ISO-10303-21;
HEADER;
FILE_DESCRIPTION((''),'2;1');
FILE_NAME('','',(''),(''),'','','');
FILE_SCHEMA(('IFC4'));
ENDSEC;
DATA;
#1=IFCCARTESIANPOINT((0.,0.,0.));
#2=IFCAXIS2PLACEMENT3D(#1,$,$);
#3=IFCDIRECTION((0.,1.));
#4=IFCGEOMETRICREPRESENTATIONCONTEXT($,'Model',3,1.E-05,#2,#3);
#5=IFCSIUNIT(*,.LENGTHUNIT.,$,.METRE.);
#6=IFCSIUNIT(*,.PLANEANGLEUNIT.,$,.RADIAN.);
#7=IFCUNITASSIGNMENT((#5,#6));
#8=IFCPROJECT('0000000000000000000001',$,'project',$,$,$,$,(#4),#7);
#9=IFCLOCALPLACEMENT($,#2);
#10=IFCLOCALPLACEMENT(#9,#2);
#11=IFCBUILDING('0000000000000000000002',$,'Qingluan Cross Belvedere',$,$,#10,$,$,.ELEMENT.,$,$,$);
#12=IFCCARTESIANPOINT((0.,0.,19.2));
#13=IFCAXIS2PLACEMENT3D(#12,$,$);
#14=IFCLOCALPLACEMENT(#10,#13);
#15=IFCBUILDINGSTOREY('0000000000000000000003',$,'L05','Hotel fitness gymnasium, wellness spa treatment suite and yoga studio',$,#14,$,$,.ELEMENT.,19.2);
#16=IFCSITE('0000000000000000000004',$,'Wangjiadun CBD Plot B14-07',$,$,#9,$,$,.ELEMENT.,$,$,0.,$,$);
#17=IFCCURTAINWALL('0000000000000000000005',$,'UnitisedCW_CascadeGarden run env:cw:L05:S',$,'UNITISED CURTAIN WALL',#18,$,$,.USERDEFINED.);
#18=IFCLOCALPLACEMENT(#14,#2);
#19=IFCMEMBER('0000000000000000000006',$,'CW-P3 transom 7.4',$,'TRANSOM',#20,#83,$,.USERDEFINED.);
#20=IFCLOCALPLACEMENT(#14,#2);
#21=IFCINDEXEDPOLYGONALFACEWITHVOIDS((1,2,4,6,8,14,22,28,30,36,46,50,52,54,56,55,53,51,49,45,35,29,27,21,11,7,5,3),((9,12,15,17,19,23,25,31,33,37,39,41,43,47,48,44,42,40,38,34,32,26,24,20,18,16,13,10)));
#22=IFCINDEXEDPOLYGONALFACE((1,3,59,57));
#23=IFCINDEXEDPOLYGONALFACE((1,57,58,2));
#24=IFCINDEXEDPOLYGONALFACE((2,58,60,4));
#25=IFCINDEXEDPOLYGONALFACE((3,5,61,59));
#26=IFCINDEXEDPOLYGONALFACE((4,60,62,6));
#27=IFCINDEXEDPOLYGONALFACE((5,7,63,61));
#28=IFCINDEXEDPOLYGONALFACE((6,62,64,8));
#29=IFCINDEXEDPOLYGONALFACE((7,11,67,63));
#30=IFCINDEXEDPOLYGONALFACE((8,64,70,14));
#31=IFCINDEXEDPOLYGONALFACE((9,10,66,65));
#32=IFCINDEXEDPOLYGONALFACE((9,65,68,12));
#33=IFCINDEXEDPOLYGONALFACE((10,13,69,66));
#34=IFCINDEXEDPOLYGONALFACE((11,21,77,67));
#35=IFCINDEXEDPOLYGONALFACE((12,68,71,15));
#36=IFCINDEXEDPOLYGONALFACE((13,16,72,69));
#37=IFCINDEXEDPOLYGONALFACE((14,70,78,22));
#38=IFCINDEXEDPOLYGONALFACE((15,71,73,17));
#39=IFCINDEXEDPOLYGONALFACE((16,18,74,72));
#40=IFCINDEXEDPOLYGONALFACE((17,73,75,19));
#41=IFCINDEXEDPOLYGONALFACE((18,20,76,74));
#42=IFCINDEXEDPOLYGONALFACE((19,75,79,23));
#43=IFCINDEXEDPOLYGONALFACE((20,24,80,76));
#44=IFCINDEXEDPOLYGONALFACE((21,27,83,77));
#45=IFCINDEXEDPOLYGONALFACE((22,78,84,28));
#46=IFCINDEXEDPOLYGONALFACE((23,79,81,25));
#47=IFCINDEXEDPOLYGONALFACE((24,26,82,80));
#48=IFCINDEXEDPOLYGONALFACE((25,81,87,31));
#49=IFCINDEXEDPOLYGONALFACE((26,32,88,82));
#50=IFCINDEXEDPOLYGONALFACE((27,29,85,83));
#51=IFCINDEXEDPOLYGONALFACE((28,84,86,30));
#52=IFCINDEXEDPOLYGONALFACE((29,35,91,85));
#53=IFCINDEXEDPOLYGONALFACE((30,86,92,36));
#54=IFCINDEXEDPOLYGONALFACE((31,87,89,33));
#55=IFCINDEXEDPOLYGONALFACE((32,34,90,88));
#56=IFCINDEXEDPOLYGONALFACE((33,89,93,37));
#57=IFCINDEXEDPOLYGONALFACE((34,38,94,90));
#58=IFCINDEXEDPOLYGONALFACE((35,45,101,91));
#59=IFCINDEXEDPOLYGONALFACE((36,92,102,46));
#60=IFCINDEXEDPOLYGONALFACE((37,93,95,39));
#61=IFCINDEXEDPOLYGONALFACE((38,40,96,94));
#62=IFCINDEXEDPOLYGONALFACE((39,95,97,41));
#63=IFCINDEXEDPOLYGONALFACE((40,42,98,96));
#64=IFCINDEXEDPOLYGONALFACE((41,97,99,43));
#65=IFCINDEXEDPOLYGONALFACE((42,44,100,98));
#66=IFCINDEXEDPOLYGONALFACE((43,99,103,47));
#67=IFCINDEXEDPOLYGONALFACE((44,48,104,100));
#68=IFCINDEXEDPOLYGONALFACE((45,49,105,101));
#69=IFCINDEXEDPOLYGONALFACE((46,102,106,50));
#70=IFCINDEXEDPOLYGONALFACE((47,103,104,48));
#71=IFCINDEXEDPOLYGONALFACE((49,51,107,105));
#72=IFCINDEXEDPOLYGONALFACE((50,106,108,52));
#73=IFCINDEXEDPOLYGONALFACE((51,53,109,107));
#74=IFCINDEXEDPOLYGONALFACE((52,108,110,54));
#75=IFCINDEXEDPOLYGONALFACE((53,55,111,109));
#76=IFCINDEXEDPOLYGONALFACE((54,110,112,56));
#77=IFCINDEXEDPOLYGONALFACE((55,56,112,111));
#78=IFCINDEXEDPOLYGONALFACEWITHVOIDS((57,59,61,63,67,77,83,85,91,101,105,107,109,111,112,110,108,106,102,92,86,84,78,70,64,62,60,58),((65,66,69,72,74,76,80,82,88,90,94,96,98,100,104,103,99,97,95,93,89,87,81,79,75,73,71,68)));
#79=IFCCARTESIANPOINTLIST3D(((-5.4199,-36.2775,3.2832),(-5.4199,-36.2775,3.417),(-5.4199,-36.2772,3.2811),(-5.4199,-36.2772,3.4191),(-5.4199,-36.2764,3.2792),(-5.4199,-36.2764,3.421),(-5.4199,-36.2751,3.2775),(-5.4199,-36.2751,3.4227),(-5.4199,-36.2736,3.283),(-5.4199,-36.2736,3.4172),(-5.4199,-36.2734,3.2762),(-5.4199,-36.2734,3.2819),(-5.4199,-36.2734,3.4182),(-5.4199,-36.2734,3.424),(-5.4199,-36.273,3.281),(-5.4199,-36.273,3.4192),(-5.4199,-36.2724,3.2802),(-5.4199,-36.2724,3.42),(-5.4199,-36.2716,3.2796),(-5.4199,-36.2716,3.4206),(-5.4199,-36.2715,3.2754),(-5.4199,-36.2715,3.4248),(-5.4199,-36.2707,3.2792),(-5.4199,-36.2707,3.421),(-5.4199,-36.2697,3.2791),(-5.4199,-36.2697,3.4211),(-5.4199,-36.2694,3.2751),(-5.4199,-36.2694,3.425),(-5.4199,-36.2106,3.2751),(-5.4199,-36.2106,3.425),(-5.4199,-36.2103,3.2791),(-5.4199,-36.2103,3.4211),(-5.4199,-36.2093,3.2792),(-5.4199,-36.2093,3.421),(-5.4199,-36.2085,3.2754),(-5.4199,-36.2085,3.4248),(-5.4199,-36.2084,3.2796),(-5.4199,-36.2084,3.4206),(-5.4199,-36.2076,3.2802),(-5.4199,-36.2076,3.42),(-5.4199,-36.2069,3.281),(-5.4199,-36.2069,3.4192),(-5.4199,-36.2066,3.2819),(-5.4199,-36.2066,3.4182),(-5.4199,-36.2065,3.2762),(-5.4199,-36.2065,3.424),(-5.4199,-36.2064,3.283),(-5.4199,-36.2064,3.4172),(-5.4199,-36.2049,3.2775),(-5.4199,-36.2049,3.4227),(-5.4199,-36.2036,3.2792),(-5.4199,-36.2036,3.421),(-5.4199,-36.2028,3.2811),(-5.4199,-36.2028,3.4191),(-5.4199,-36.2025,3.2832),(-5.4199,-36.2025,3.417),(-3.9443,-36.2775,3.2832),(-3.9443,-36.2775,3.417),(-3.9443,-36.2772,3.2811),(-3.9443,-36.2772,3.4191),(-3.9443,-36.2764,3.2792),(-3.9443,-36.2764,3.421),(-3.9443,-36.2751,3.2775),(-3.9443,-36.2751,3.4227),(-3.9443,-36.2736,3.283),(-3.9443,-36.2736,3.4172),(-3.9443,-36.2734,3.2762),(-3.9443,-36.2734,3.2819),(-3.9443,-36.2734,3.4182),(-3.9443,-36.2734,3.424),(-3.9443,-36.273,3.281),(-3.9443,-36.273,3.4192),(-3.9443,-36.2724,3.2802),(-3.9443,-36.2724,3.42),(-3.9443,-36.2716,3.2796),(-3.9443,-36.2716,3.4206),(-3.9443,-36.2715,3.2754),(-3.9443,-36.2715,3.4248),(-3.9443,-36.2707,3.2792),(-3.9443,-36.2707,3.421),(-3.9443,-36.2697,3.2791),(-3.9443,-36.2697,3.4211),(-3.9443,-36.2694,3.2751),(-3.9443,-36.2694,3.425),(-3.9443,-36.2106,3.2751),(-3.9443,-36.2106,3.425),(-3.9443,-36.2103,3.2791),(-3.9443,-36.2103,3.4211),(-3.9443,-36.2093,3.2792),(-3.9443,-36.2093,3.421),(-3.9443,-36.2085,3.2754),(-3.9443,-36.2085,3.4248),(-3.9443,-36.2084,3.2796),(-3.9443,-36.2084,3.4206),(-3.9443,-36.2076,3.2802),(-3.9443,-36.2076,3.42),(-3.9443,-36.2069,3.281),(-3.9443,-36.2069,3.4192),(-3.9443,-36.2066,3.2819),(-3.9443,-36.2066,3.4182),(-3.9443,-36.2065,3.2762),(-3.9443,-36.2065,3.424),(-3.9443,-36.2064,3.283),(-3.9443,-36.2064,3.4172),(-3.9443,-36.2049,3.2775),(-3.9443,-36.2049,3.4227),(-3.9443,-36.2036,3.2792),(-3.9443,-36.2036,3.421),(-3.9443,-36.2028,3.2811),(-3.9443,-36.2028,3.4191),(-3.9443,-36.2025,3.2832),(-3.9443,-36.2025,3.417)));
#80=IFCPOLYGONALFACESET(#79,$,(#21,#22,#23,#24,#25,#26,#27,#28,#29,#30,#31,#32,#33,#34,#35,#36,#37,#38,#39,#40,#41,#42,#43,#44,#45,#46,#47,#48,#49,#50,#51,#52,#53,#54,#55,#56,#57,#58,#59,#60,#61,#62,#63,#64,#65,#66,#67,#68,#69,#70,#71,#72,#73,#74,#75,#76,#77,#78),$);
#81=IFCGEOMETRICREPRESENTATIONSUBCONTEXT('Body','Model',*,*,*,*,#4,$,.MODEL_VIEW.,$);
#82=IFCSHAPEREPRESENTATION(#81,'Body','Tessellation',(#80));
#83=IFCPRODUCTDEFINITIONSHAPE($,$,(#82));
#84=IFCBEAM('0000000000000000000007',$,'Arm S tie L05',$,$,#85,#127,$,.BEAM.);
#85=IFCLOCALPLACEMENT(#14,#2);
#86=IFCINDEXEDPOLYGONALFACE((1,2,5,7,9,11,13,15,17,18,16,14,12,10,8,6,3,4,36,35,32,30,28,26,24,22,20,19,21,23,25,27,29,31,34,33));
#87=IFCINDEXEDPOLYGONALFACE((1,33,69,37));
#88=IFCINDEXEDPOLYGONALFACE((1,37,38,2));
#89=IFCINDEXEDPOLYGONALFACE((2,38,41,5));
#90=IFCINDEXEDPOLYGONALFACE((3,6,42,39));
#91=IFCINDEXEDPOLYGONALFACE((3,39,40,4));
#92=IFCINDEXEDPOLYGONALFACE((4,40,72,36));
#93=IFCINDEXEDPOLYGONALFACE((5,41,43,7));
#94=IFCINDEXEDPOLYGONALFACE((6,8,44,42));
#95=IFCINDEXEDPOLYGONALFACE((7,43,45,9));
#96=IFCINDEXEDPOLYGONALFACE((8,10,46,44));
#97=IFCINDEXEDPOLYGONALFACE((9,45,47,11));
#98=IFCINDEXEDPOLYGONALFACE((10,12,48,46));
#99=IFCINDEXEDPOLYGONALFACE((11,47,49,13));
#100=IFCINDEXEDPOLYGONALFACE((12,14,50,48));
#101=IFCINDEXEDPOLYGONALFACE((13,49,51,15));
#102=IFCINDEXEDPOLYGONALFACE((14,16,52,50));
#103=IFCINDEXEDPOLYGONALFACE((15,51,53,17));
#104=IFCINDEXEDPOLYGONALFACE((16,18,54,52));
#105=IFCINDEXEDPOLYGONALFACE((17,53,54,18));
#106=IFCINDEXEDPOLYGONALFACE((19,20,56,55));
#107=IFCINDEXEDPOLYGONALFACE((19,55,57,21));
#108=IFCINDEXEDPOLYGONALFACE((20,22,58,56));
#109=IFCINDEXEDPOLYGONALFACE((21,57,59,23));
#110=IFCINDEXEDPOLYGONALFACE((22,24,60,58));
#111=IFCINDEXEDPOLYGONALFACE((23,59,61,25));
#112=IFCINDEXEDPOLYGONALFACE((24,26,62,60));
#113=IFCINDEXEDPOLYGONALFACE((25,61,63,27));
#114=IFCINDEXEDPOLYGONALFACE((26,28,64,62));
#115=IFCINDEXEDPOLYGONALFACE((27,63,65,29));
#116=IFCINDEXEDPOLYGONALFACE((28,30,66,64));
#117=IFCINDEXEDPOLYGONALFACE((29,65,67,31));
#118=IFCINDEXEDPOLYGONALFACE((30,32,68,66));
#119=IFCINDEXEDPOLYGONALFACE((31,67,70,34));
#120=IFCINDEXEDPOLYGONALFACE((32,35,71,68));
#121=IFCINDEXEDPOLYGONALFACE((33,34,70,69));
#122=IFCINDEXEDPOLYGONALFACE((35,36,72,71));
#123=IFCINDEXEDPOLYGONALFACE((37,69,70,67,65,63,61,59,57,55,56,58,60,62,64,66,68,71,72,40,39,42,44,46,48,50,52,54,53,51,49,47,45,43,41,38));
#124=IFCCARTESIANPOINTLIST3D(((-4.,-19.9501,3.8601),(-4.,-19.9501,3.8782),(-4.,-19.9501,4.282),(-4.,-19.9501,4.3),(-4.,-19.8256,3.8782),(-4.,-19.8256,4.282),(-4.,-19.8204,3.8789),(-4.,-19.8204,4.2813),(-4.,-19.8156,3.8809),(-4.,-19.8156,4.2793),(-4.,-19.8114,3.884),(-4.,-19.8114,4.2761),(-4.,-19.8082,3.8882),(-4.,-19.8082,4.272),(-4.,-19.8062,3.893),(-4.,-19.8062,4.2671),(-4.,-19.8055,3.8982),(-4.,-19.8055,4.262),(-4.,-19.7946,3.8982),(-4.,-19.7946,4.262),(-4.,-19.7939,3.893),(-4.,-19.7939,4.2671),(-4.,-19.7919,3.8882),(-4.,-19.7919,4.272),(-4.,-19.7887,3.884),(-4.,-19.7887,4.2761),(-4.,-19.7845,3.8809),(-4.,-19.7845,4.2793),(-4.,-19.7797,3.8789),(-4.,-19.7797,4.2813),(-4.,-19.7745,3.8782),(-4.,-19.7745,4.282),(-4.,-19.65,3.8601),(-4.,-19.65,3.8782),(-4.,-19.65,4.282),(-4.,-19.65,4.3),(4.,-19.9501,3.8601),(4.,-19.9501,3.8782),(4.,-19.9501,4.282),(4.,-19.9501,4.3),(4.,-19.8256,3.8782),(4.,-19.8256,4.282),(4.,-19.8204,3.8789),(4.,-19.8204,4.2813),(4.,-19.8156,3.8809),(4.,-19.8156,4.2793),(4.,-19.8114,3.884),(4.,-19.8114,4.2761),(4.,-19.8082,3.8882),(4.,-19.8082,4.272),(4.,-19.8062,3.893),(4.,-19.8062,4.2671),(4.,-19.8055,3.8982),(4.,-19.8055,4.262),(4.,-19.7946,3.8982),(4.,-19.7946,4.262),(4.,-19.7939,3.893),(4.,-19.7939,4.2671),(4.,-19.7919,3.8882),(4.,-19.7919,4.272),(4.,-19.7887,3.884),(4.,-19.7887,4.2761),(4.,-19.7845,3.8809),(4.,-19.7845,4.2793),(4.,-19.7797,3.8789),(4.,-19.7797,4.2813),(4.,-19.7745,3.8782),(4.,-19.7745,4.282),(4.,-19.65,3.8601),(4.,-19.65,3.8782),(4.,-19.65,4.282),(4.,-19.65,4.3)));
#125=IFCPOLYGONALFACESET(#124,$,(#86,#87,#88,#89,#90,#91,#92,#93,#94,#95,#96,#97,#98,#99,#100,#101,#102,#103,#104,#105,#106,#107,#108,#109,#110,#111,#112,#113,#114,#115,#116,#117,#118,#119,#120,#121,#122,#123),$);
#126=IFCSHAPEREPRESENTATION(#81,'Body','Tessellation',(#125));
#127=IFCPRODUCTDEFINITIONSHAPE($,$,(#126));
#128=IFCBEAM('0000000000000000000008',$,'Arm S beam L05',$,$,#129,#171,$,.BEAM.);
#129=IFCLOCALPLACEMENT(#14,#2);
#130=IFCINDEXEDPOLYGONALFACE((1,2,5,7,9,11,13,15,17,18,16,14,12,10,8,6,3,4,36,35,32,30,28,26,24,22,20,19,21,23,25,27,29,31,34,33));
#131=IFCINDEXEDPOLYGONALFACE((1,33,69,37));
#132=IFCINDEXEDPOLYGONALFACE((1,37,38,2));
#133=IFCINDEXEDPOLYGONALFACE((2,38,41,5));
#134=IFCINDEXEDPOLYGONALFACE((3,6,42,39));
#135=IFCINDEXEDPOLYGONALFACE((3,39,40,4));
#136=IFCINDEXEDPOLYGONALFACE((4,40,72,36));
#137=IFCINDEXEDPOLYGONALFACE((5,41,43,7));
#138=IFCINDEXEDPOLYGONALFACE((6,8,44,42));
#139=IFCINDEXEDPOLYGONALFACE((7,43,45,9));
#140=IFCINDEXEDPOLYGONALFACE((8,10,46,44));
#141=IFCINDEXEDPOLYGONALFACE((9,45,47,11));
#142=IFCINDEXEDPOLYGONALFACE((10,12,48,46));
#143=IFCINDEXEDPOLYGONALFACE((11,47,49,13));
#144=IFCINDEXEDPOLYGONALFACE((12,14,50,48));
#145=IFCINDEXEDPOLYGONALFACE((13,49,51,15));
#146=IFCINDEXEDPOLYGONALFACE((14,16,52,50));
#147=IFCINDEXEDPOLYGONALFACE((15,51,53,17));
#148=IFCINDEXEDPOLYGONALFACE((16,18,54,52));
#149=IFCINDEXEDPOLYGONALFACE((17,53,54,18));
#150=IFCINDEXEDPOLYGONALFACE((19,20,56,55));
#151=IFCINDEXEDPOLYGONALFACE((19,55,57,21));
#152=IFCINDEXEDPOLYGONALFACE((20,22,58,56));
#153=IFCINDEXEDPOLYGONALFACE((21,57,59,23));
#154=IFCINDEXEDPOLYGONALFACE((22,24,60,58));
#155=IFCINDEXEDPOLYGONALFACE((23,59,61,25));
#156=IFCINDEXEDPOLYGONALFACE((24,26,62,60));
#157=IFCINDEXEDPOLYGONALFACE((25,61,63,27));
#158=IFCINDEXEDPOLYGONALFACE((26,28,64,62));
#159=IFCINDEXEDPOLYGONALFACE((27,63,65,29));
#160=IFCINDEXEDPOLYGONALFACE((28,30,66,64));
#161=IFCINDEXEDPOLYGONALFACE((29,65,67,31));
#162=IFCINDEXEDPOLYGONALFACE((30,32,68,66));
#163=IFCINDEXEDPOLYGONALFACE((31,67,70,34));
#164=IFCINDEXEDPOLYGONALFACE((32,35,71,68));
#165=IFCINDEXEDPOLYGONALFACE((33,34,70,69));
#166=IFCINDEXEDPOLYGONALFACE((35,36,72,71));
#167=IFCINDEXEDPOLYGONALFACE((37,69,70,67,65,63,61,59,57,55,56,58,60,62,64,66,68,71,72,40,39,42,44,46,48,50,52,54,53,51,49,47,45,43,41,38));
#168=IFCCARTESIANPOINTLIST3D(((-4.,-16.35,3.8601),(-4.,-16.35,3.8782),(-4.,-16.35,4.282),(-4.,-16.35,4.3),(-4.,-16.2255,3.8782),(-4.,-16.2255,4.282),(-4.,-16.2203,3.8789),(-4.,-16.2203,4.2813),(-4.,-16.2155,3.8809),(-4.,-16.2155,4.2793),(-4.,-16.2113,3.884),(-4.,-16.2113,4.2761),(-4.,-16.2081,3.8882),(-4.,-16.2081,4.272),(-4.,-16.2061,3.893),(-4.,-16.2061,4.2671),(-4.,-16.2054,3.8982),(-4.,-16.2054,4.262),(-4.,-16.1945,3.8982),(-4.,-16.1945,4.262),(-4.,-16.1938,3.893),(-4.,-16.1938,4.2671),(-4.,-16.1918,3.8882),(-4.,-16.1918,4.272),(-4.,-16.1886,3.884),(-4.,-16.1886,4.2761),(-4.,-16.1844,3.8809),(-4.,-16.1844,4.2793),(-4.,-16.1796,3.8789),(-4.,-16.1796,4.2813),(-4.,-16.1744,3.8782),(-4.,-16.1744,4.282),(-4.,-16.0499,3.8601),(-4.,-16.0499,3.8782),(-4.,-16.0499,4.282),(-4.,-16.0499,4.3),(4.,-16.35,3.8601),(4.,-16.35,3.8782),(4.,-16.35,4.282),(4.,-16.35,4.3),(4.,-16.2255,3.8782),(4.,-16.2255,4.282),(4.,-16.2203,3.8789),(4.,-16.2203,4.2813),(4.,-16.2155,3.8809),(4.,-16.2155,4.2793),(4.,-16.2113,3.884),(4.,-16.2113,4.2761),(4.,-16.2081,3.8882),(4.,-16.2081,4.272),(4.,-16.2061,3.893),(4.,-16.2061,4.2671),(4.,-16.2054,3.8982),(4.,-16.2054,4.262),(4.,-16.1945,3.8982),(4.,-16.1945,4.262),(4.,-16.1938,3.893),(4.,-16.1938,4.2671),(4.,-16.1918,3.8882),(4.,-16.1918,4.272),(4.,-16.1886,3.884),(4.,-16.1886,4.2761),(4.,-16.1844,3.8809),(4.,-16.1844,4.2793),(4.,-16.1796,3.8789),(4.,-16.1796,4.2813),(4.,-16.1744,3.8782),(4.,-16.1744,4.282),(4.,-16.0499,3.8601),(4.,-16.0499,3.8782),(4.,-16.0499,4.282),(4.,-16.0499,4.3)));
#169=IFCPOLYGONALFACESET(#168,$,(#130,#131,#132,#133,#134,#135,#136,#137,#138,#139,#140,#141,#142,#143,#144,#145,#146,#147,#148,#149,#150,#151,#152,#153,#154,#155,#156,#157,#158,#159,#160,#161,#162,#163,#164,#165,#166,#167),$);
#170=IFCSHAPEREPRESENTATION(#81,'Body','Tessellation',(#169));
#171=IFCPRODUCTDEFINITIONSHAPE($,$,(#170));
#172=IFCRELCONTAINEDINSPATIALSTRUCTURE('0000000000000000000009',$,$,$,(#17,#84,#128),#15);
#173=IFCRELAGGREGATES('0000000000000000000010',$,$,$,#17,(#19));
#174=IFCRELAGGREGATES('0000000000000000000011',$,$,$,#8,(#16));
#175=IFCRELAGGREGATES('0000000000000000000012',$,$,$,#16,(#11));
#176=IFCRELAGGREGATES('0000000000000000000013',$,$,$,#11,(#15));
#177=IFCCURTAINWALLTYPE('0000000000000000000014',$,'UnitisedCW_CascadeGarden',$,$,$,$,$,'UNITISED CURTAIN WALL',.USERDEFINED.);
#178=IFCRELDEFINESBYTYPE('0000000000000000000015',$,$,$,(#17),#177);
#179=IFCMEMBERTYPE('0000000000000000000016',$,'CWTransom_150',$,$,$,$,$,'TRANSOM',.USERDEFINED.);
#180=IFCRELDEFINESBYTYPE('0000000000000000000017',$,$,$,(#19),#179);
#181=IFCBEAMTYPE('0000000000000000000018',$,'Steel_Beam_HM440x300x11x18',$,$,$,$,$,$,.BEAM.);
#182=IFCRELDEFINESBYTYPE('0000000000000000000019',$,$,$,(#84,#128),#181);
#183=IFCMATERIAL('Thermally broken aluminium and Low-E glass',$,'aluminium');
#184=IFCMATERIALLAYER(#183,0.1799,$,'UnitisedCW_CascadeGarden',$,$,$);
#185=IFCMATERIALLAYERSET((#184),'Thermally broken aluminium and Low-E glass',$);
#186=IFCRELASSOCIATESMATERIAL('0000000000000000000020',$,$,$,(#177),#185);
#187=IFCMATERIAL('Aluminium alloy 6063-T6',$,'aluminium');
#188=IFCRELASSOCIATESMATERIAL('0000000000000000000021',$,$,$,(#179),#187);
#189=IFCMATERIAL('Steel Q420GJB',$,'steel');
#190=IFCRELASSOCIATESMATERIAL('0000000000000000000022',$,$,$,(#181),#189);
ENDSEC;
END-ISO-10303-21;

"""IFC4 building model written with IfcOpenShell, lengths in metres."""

from ifc_helpers import new_model, si_unit, direction, frame, origin, origin_2d, place, context, subcontext, project, spatial, hollow_rectangle, i_section, extrude, material, layer, layer_set, material_profile, profile_set, type_object, element, aggregate, save


model = new_model("IFC4")

# Units and contexts
model_context = context("Model", 3, precision=1e-05, world=origin(), true_north=direction((0.0, 1.0)))
body_context = subcontext(model_context, "Body", "Model", "MODEL_VIEW")
ifc_project = project(units=[si_unit("LENGTHUNIT", "METRE"), si_unit("PLANEANGLEUNIT", "RADIAN")], contexts=[model_context])

# Site, building, storey
site_placement = place(None, origin())
site = spatial("IfcSite", under=ifc_project, at=site_placement, Name="Wangjiadun CBD Plot B14-07", CompositionType="ELEMENT", RefElevation=0.0)
building_placement = place(site_placement, origin())
building = spatial("IfcBuilding", under=site, at=building_placement, Name="Qingluan Cross Belvedere", CompositionType="ELEMENT")
storey_placement = place(building_placement, frame((0.0, 0.0, 19.2)))
storey = spatial("IfcBuildingStorey", under=building, at=storey_placement, Name="L05", Description="Hotel fitness gymnasium, wellness spa treatment suite and yoga studio", CompositionType="ELEMENT", Elevation=19.2)

# Curtain wall, member
ifc_material_1 = material(Name="Thermally broken aluminium and Low-E glass", Category="aluminium")
ifc_layer_1 = layer(ifc_material_1, 0.1799, Name="UnitisedCW_CascadeGarden")
ifc_layer_set_1 = layer_set([ifc_layer_1], Name="Thermally broken aluminium and Low-E glass")
curtain_wall_type = type_object("IfcCurtainWallType", Name="UnitisedCW_CascadeGarden", ElementType="UNITISED CURTAIN WALL", PredefinedType="USERDEFINED", material=ifc_layer_set_1)
curtain_wall_placement = place(storey_placement, origin())
curtain_wall = element("IfcCurtainWall", 1, at=curtain_wall_placement, inside=storey, type_object=curtain_wall_type, Name="UnitisedCW_CascadeGarden run env:cw:L05:S", ObjectType="UNITISED CURTAIN WALL", PredefinedType="USERDEFINED")
ifc_material_2 = material(Name="Aluminium alloy 6063-T6", Category="aluminium")
ifc_material_profile_1 = material_profile(ifc_material_2, hollow_rectangle(XDim=0.075, YDim=0.1499, WallThickness=0.0039, InnerFilletRadius=0.0039, OuterFilletRadius=0.0081, at=origin_2d()), Name="CWT150x75x4")
ifc_profile_set_1 = profile_set([ifc_material_profile_1], Name="Aluminium alloy 6063-T6")
member_type_1 = type_object("IfcMemberType", Name="CWTransom_150", ElementType="TRANSOM", PredefinedType="USERDEFINED", material=ifc_profile_set_1)
member_1_placement = place(storey_placement, frame((-3.9443, -36.24, 3.3501), z_axis=(-1.0, 0.0, 0.0), x_axis=(0.0, -1.0, 0.0)))
member_1 = element("IfcMember", 2, at=member_1_placement, type_object=member_type_1, Name="CW-P3 transom 7.4", ObjectType="TRANSOM", PredefinedType="USERDEFINED", context=body_context, shape_type="SweptSolid", body=[
    extrude(hollow_rectangle(XDim=0.075, YDim=0.1499, WallThickness=0.0039, InnerFilletRadius=0.0039, OuterFilletRadius=0.0081, at=origin_2d()), origin(), (0.0, 0.0, 1.0), 1.4756),
])

# Beams
ifc_material_3 = material(Name="Steel Q420GJB", Category="steel")
ifc_material_profile_2 = material_profile(ifc_material_3, i_section(OverallWidth=0.3, OverallDepth=0.4399, WebThickness=0.011, FlangeThickness=0.0181, FilletRadius=0.02, at=origin_2d()), Name="HM440x300x11x18")
ifc_profile_set_2 = profile_set([ifc_material_profile_2], Name="Steel Q420GJB")
beam_type_1 = type_object("IfcBeamType", Name="Steel_Beam_HM440x300x11x18", PredefinedType="BEAM", material=ifc_profile_set_2)
for number, where, z_axis, x_axis, name in (
    (3, (-4.0, -19.8, 4.0801), (1.0, 0.0, 0.0), (0.0, 1.0, 0.0), "Arm S tie L05"),
    (4, (-4.0, -16.2, 4.0801), (1.0, 0.0, 0.0), (0.0, 1.0, 0.0), "Arm S beam L05"),
):
    element("IfcBeam", number, at=place(storey_placement, frame(where, z_axis=z_axis, x_axis=x_axis)), inside=storey, type_object=beam_type_1, Name=name, PredefinedType="BEAM", context=body_context, shape_type="SweptSolid", body=[
        extrude(i_section(OverallWidth=0.3, OverallDepth=0.4399, WebThickness=0.011, FlangeThickness=0.0181, FilletRadius=0.02, at=origin_2d()), origin(), (0.0, 0.0, 1.0), 8.0),
    ])

aggregate(curtain_wall, [member_1])

save(model, "model.ifc")
